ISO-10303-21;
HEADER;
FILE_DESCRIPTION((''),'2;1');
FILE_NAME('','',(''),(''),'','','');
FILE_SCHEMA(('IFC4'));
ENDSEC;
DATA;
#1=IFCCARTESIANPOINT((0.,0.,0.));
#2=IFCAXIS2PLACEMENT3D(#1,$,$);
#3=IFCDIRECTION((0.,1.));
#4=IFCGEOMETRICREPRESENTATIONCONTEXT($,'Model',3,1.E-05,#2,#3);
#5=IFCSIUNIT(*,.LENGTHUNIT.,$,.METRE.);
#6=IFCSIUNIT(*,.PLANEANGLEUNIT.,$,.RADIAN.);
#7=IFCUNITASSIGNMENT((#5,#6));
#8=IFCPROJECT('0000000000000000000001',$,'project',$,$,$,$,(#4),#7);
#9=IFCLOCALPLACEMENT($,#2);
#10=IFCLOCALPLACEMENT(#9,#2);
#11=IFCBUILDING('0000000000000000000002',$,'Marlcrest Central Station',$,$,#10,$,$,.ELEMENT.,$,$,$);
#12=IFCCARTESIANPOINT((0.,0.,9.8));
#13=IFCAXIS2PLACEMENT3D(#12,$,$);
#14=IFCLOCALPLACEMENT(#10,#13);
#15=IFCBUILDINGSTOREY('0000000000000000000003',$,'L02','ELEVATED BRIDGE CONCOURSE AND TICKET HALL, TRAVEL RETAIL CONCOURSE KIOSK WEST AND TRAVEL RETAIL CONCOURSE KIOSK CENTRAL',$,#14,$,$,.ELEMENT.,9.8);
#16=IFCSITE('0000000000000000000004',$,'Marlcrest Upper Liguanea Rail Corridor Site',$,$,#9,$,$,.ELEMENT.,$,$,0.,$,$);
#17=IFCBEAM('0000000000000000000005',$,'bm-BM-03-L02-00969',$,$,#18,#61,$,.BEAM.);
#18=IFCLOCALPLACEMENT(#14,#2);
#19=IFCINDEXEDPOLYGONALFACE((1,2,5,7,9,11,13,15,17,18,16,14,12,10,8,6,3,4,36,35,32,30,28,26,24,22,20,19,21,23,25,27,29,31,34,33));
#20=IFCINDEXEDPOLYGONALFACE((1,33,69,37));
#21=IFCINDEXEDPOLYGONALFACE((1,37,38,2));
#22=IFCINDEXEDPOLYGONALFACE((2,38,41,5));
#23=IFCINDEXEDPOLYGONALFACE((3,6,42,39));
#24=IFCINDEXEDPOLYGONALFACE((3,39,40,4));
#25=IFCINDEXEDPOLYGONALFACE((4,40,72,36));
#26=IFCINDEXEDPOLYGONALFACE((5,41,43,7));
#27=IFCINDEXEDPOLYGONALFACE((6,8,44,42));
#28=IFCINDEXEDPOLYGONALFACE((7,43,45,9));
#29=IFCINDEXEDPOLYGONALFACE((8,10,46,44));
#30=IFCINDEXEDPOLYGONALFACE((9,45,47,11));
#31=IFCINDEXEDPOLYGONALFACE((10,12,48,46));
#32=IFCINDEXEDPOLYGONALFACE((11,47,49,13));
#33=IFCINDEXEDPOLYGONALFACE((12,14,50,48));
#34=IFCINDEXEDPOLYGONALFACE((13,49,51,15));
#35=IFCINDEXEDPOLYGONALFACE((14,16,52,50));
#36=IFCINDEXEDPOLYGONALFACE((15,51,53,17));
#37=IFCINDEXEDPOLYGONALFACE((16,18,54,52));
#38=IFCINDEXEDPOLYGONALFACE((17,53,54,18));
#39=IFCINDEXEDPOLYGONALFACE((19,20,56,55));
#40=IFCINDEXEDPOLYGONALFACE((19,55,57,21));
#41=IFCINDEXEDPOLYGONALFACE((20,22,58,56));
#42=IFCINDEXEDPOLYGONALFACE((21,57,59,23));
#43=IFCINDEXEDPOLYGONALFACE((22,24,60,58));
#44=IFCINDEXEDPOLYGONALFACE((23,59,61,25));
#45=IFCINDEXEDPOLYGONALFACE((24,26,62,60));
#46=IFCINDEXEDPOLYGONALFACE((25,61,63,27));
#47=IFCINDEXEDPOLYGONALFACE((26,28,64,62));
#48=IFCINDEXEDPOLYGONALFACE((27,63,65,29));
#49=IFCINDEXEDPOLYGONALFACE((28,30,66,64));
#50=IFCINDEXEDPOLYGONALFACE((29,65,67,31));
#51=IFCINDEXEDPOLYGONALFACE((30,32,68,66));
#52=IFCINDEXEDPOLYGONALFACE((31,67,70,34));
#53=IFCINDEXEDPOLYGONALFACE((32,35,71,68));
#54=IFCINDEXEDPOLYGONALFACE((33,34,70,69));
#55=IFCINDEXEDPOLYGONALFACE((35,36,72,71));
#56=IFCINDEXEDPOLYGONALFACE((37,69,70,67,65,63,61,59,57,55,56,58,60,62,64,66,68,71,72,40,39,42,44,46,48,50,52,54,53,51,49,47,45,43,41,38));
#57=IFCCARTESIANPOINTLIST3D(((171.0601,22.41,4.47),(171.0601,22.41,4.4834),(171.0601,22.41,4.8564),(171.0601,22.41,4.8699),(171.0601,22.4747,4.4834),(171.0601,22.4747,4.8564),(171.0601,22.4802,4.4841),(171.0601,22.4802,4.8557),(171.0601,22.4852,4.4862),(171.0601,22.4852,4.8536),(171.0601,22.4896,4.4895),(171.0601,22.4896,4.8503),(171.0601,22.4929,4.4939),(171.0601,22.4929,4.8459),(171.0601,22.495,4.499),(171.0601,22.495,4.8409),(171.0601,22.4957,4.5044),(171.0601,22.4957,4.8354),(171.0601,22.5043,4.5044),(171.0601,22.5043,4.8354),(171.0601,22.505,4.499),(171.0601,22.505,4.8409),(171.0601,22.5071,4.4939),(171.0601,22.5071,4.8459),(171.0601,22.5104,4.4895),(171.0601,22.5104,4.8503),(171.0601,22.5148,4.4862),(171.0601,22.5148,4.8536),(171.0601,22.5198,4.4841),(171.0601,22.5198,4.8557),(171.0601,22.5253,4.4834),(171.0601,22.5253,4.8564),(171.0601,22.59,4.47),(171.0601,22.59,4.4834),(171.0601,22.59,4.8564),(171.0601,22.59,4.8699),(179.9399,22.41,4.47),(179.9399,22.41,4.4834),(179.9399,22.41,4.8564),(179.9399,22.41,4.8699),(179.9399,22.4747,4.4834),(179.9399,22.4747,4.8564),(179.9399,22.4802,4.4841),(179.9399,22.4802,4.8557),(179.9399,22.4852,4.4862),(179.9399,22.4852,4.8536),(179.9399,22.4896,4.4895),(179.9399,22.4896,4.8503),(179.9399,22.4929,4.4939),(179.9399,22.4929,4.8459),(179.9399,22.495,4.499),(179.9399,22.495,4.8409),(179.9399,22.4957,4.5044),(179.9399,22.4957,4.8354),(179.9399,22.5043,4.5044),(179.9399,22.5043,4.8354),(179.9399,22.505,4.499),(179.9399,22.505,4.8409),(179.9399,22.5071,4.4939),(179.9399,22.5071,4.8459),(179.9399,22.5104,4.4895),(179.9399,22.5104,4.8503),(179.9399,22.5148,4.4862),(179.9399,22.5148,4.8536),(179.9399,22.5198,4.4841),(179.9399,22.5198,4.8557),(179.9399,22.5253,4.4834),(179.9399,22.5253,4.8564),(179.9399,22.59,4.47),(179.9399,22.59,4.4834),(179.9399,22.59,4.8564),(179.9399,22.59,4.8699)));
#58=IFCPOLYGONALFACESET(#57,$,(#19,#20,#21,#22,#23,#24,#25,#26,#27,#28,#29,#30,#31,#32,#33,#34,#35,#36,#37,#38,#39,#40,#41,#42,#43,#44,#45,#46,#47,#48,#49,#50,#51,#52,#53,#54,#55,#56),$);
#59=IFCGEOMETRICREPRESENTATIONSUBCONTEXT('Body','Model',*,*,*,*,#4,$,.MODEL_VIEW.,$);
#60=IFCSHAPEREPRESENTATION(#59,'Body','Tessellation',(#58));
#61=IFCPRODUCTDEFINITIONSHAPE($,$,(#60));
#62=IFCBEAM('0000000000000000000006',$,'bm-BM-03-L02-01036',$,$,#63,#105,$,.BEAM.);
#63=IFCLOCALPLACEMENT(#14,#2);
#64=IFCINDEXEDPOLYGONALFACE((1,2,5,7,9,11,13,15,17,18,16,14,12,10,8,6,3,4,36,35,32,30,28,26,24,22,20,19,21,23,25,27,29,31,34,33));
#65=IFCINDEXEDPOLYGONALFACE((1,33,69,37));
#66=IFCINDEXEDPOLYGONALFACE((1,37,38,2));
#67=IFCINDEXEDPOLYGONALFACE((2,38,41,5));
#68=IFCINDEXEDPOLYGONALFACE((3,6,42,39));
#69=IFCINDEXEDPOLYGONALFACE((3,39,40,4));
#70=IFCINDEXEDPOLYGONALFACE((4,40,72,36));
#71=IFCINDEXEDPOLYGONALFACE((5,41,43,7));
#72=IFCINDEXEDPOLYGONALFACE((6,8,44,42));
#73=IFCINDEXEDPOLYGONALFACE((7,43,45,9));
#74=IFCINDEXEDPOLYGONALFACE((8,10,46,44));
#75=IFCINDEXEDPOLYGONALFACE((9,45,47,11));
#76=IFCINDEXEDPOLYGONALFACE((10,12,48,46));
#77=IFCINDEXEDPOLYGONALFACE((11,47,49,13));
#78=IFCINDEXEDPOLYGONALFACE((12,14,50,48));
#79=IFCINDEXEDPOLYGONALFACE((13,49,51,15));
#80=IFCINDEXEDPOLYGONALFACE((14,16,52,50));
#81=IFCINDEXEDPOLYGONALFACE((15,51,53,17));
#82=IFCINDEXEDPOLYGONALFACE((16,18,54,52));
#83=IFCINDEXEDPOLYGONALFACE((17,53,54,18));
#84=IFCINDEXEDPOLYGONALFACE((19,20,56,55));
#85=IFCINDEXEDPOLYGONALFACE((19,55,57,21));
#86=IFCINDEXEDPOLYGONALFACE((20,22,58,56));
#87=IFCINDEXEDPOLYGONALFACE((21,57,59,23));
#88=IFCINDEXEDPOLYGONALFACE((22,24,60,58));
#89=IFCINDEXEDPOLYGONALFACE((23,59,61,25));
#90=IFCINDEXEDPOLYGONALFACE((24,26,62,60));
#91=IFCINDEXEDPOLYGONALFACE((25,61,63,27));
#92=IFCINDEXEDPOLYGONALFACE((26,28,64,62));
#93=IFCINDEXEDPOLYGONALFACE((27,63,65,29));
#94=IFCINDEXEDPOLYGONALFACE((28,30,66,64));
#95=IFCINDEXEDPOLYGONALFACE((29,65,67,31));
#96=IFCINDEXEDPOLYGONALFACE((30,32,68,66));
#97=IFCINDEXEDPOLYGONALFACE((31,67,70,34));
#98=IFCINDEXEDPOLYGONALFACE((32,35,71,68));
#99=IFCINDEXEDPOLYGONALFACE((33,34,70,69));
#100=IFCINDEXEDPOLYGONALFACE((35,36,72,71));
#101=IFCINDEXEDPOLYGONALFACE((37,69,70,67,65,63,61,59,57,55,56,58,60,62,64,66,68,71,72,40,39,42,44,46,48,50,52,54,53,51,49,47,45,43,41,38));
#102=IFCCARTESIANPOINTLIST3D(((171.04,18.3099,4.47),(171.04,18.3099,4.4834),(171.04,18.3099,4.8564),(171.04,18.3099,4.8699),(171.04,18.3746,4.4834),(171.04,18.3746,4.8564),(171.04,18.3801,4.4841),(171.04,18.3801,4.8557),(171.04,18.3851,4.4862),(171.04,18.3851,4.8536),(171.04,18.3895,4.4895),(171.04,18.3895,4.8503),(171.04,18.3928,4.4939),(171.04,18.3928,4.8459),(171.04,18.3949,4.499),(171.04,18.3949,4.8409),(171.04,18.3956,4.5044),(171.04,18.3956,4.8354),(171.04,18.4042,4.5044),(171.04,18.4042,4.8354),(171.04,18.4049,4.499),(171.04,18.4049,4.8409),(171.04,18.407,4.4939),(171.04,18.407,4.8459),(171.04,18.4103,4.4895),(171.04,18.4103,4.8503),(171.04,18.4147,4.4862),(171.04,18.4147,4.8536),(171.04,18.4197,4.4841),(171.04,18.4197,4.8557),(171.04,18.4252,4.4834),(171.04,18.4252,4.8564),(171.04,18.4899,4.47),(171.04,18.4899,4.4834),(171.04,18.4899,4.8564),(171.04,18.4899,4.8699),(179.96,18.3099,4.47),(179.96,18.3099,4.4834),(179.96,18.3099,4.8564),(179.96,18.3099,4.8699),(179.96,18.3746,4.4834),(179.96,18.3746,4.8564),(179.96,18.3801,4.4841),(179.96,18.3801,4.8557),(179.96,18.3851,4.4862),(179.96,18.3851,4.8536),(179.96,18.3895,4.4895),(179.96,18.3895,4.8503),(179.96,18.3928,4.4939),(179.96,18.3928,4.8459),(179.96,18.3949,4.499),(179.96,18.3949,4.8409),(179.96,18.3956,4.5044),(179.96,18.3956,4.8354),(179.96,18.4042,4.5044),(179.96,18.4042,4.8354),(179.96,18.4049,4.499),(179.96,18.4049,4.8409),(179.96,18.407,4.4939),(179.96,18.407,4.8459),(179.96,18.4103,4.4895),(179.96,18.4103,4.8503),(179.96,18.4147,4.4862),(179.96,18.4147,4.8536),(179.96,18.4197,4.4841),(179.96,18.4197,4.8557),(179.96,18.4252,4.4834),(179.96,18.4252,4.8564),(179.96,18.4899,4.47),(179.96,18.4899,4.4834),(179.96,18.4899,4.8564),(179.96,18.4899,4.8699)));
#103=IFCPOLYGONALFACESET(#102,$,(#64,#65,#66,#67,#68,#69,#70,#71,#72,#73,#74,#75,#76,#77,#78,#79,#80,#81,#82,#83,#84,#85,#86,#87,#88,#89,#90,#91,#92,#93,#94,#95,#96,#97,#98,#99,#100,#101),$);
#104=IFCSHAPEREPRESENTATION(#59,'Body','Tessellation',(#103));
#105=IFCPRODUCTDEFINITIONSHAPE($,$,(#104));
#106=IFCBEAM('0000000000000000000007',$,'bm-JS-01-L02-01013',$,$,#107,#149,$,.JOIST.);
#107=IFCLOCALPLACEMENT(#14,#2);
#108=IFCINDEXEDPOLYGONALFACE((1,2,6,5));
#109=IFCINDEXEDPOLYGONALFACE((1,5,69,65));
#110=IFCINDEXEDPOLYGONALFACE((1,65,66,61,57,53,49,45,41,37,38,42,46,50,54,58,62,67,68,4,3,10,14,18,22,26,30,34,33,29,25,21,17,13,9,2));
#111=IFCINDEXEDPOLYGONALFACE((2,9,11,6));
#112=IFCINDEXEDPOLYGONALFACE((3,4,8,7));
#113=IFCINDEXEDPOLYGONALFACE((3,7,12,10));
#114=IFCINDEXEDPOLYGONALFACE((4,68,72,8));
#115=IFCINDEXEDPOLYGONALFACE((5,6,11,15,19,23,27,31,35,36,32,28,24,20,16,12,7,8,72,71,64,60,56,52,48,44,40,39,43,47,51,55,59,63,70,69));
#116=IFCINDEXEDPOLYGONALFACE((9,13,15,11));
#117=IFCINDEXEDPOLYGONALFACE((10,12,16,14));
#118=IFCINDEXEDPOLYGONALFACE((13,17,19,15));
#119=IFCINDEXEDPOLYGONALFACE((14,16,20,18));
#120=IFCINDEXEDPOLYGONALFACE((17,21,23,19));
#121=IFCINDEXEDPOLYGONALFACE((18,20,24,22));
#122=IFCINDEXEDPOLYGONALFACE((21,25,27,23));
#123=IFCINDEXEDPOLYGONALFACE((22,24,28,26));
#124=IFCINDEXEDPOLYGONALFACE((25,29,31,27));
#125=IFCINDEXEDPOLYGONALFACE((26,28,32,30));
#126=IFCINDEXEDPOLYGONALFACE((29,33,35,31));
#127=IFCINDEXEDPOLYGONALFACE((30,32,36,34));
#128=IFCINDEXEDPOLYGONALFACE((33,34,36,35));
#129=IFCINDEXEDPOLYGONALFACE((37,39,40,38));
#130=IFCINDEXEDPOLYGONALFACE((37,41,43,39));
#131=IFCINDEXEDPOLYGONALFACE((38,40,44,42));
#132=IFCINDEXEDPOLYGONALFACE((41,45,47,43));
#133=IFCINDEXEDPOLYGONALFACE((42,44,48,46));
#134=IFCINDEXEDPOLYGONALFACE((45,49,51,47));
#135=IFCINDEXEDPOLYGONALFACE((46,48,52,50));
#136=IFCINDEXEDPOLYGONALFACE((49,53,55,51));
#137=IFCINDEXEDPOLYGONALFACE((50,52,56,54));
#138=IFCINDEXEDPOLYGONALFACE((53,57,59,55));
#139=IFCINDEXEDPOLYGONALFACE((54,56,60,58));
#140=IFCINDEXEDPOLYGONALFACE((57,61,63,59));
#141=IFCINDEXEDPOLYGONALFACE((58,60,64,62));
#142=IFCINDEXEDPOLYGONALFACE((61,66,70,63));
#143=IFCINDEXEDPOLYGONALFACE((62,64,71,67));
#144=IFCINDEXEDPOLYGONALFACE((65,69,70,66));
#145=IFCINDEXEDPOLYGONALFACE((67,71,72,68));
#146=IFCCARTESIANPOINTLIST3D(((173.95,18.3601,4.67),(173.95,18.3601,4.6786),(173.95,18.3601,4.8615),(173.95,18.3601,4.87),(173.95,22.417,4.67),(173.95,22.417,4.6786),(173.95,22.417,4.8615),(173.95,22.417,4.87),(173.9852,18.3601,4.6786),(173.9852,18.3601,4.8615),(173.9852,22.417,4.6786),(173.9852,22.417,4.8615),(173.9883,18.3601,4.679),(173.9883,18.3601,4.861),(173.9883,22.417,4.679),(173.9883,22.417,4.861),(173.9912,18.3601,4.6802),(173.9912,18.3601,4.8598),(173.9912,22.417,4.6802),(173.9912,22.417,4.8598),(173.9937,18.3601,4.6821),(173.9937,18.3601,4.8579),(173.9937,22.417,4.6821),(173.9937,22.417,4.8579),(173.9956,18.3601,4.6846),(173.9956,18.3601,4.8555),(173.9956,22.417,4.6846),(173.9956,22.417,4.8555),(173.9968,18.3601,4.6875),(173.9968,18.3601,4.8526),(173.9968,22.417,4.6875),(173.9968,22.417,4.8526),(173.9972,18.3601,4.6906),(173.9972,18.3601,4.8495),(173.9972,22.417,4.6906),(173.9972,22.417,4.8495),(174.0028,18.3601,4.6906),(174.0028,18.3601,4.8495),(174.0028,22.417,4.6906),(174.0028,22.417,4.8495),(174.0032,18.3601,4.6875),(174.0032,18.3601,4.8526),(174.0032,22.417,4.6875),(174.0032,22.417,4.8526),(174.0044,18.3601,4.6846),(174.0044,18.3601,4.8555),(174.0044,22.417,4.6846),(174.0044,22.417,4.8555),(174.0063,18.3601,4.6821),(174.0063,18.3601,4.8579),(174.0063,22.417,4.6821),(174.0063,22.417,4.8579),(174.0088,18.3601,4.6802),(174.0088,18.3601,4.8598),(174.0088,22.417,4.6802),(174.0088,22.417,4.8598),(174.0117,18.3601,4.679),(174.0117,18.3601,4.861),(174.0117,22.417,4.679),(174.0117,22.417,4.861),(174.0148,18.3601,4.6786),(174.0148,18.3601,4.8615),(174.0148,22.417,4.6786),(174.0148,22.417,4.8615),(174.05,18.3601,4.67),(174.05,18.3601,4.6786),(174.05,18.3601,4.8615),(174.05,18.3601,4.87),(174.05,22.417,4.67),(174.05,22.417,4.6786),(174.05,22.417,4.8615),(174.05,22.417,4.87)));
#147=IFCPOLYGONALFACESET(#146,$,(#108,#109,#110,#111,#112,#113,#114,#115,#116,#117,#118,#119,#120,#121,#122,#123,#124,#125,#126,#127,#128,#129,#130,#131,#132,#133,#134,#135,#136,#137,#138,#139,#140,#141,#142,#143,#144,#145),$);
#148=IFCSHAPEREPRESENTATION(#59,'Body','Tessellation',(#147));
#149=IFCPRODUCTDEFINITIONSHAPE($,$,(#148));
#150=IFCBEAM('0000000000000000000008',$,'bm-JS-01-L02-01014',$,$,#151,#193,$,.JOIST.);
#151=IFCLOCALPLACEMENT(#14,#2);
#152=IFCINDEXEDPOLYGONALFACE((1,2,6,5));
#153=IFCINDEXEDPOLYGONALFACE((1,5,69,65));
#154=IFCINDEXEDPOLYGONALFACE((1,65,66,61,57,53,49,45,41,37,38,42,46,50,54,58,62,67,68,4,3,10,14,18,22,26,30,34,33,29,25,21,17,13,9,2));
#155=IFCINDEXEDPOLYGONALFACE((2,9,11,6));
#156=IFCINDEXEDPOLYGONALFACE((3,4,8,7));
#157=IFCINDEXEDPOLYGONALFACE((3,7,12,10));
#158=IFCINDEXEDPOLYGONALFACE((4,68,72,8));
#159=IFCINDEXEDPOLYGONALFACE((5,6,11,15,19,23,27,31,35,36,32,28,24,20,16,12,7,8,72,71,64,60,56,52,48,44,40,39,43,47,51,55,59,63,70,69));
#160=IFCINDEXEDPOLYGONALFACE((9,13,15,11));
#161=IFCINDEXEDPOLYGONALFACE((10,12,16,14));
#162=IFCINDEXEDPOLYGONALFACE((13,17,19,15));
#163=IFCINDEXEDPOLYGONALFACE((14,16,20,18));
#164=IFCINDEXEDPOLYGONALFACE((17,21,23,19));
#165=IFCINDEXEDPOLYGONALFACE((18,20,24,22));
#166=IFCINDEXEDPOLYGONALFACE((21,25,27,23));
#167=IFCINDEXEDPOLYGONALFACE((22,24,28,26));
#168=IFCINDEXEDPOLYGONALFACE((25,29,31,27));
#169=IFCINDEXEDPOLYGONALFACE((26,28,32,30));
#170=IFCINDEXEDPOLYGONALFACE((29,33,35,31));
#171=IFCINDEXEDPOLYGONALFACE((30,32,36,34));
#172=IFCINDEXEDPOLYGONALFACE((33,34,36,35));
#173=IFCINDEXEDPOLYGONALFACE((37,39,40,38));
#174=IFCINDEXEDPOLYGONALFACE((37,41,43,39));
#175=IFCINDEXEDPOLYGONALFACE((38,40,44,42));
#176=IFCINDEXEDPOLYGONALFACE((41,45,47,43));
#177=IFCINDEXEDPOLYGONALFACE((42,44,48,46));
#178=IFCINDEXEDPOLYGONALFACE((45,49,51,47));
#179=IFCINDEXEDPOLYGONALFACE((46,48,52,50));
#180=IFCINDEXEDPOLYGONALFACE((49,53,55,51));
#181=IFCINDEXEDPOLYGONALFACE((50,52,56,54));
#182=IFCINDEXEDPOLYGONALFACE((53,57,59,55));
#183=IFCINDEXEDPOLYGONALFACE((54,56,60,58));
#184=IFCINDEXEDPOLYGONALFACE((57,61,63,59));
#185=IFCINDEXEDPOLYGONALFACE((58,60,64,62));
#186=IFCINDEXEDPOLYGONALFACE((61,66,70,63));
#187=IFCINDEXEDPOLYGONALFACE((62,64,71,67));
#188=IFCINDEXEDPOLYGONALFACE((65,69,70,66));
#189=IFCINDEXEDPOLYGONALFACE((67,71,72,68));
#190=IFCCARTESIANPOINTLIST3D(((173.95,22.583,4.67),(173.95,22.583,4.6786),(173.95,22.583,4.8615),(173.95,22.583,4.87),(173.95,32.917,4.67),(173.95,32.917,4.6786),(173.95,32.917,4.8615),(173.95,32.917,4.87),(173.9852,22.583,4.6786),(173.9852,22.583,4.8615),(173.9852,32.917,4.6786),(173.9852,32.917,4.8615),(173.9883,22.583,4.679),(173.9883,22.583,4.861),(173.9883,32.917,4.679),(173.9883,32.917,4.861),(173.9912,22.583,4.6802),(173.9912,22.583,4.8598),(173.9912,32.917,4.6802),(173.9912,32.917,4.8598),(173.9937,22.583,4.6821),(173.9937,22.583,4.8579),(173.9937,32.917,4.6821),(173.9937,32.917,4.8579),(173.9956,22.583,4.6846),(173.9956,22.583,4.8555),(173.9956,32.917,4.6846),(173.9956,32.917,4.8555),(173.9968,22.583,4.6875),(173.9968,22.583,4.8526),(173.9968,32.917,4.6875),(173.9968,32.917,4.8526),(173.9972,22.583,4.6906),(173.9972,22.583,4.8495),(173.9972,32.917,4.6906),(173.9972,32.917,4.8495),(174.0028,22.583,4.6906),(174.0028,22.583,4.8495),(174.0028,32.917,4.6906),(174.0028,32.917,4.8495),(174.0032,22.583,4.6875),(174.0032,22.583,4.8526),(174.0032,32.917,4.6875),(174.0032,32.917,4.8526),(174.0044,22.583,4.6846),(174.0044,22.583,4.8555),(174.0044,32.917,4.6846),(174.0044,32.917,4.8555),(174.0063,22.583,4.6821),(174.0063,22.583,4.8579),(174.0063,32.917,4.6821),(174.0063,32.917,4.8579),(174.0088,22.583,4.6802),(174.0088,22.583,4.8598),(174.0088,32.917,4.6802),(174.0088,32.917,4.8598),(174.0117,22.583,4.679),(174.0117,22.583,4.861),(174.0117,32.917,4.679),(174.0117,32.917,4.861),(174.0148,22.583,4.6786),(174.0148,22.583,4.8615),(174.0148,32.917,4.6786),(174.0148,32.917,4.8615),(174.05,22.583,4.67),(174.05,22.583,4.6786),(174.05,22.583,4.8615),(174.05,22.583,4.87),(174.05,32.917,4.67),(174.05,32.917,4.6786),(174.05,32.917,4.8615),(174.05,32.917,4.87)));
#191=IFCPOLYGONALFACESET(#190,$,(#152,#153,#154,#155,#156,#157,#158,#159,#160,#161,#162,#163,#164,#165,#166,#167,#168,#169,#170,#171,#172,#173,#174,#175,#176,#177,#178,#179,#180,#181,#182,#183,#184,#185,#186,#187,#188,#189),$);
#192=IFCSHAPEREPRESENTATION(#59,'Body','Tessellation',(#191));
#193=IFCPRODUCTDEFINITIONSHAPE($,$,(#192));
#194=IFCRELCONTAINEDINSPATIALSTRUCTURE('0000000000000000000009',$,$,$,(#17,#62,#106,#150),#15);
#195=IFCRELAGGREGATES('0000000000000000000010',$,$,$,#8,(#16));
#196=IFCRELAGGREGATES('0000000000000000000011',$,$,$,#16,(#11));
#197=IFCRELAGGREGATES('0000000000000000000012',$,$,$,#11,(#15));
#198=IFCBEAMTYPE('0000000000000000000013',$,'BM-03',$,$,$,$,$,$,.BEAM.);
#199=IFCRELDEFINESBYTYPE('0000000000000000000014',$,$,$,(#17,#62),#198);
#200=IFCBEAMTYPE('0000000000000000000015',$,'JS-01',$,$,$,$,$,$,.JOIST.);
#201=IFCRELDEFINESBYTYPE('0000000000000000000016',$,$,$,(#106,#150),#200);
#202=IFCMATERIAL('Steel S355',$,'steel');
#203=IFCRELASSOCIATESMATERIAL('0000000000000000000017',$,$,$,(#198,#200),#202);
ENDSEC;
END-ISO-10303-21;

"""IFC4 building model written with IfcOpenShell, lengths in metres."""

from ifc_helpers import new_model, si_unit, direction, frame, origin, origin_2d, place, context, subcontext, project, spatial, i_section, extrude, material, material_profile, profile_set, type_object, element, save


model = new_model("IFC4")

# Units and contexts
model_context = context("Model", 3, precision=1e-05, world=origin(), true_north=direction((0.0, 1.0)))
body_context = subcontext(model_context, "Body", "Model", "MODEL_VIEW")
ifc_project = project(units=[si_unit("LENGTHUNIT", "METRE"), si_unit("PLANEANGLEUNIT", "RADIAN")], contexts=[model_context])

# Site, building, storey
site_placement = place(None, origin())
site = spatial("IfcSite", under=ifc_project, at=site_placement, Name="Marlcrest Upper Liguanea Rail Corridor Site", CompositionType="ELEMENT", RefElevation=0.0)
building_placement = place(site_placement, origin())
building = spatial("IfcBuilding", under=site, at=building_placement, Name="Marlcrest Central Station", CompositionType="ELEMENT")
storey_placement = place(building_placement, frame((0.0, 0.0, 9.8)))
storey = spatial("IfcBuildingStorey", under=building, at=storey_placement, Name="L02", Description="ELEVATED BRIDGE CONCOURSE AND TICKET HALL, TRAVEL RETAIL CONCOURSE KIOSK WEST AND TRAVEL RETAIL CONCOURSE KIOSK CENTRAL", CompositionType="ELEMENT", Elevation=9.8)

# Beams
ifc_material_1 = material(Name="Steel S355", Category="steel")
ifc_material_profile_1 = material_profile(ifc_material_1, i_section(OverallWidth=0.1799, OverallDepth=0.3999, WebThickness=0.0085, FlangeThickness=0.0134, FilletRadius=0.021, at=origin_2d()), Name="IPE 400")
ifc_profile_set_1 = profile_set([ifc_material_profile_1], Name="Steel S355")
beam_type_1 = type_object("IfcBeamType", Name="BM-03", PredefinedType="BEAM", material=ifc_profile_set_1)
beam_1_placement = place(storey_placement, frame((171.0601, 22.5, 4.6699), z_axis=(1.0, 0.0, 0.0), x_axis=(0.0, 1.0, 0.0)))
element("IfcBeam", 1, at=beam_1_placement, inside=storey, type_object=beam_type_1, Name="bm-BM-03-L02-00969", PredefinedType="BEAM", context=body_context, shape_type="SweptSolid", body=[
    extrude(i_section(OverallWidth=0.1799, OverallDepth=0.3999, WebThickness=0.0085, FlangeThickness=0.0134, FilletRadius=0.021, at=origin_2d()), origin(), (0.0, 0.0, 1.0), 8.8799),
])
beam_2_placement = place(storey_placement, frame((171.04, 18.3999, 4.6699), z_axis=(1.0, 0.0, 0.0), x_axis=(0.0, 1.0, 0.0)))
element("IfcBeam", 2, at=beam_2_placement, inside=storey, type_object=beam_type_1, Name="bm-BM-03-L02-01036", PredefinedType="BEAM", context=body_context, shape_type="SweptSolid", body=[
    extrude(i_section(OverallWidth=0.1799, OverallDepth=0.3999, WebThickness=0.0085, FlangeThickness=0.0134, FilletRadius=0.021, at=origin_2d()), origin(), (0.0, 0.0, 1.0), 8.9199),
])
ifc_material_profile_2 = material_profile(ifc_material_1, i_section(OverallWidth=0.1001, OverallDepth=0.2, WebThickness=0.0056, FlangeThickness=0.0085, FilletRadius=0.012, at=origin_2d()), Name="IPE 200")
ifc_profile_set_2 = profile_set([ifc_material_profile_2], Name="Steel S355")
beam_type_2 = type_object("IfcBeamType", Name="JS-01", PredefinedType="JOIST", material=ifc_profile_set_2)
beam_3_placement = place(storey_placement, frame((174.0, 18.3601, 4.77), z_axis=(0.0, 1.0, 0.0), x_axis=(-1.0, 0.0, 0.0)))
element("IfcBeam", 3, at=beam_3_placement, inside=storey, type_object=beam_type_2, Name="bm-JS-01-L02-01013", PredefinedType="JOIST", context=body_context, shape_type="SweptSolid", body=[
    extrude(i_section(OverallWidth=0.1001, OverallDepth=0.2, WebThickness=0.0056, FlangeThickness=0.0085, FilletRadius=0.012, at=origin_2d()), origin(), (0.0, 0.0, 1.0), 4.0569),
])
beam_4_placement = place(storey_placement, frame((174.0, 22.583, 4.77), z_axis=(0.0, 1.0, 0.0), x_axis=(-1.0, 0.0, 0.0)))
element("IfcBeam", 4, at=beam_4_placement, inside=storey, type_object=beam_type_2, Name="bm-JS-01-L02-01014", PredefinedType="JOIST", context=body_context, shape_type="SweptSolid", body=[
    extrude(i_section(OverallWidth=0.1001, OverallDepth=0.2, WebThickness=0.0056, FlangeThickness=0.0085, FilletRadius=0.012, at=origin_2d()), origin(), (0.0, 0.0, 1.0), 10.334),
])

save(model, "model.ifc")
